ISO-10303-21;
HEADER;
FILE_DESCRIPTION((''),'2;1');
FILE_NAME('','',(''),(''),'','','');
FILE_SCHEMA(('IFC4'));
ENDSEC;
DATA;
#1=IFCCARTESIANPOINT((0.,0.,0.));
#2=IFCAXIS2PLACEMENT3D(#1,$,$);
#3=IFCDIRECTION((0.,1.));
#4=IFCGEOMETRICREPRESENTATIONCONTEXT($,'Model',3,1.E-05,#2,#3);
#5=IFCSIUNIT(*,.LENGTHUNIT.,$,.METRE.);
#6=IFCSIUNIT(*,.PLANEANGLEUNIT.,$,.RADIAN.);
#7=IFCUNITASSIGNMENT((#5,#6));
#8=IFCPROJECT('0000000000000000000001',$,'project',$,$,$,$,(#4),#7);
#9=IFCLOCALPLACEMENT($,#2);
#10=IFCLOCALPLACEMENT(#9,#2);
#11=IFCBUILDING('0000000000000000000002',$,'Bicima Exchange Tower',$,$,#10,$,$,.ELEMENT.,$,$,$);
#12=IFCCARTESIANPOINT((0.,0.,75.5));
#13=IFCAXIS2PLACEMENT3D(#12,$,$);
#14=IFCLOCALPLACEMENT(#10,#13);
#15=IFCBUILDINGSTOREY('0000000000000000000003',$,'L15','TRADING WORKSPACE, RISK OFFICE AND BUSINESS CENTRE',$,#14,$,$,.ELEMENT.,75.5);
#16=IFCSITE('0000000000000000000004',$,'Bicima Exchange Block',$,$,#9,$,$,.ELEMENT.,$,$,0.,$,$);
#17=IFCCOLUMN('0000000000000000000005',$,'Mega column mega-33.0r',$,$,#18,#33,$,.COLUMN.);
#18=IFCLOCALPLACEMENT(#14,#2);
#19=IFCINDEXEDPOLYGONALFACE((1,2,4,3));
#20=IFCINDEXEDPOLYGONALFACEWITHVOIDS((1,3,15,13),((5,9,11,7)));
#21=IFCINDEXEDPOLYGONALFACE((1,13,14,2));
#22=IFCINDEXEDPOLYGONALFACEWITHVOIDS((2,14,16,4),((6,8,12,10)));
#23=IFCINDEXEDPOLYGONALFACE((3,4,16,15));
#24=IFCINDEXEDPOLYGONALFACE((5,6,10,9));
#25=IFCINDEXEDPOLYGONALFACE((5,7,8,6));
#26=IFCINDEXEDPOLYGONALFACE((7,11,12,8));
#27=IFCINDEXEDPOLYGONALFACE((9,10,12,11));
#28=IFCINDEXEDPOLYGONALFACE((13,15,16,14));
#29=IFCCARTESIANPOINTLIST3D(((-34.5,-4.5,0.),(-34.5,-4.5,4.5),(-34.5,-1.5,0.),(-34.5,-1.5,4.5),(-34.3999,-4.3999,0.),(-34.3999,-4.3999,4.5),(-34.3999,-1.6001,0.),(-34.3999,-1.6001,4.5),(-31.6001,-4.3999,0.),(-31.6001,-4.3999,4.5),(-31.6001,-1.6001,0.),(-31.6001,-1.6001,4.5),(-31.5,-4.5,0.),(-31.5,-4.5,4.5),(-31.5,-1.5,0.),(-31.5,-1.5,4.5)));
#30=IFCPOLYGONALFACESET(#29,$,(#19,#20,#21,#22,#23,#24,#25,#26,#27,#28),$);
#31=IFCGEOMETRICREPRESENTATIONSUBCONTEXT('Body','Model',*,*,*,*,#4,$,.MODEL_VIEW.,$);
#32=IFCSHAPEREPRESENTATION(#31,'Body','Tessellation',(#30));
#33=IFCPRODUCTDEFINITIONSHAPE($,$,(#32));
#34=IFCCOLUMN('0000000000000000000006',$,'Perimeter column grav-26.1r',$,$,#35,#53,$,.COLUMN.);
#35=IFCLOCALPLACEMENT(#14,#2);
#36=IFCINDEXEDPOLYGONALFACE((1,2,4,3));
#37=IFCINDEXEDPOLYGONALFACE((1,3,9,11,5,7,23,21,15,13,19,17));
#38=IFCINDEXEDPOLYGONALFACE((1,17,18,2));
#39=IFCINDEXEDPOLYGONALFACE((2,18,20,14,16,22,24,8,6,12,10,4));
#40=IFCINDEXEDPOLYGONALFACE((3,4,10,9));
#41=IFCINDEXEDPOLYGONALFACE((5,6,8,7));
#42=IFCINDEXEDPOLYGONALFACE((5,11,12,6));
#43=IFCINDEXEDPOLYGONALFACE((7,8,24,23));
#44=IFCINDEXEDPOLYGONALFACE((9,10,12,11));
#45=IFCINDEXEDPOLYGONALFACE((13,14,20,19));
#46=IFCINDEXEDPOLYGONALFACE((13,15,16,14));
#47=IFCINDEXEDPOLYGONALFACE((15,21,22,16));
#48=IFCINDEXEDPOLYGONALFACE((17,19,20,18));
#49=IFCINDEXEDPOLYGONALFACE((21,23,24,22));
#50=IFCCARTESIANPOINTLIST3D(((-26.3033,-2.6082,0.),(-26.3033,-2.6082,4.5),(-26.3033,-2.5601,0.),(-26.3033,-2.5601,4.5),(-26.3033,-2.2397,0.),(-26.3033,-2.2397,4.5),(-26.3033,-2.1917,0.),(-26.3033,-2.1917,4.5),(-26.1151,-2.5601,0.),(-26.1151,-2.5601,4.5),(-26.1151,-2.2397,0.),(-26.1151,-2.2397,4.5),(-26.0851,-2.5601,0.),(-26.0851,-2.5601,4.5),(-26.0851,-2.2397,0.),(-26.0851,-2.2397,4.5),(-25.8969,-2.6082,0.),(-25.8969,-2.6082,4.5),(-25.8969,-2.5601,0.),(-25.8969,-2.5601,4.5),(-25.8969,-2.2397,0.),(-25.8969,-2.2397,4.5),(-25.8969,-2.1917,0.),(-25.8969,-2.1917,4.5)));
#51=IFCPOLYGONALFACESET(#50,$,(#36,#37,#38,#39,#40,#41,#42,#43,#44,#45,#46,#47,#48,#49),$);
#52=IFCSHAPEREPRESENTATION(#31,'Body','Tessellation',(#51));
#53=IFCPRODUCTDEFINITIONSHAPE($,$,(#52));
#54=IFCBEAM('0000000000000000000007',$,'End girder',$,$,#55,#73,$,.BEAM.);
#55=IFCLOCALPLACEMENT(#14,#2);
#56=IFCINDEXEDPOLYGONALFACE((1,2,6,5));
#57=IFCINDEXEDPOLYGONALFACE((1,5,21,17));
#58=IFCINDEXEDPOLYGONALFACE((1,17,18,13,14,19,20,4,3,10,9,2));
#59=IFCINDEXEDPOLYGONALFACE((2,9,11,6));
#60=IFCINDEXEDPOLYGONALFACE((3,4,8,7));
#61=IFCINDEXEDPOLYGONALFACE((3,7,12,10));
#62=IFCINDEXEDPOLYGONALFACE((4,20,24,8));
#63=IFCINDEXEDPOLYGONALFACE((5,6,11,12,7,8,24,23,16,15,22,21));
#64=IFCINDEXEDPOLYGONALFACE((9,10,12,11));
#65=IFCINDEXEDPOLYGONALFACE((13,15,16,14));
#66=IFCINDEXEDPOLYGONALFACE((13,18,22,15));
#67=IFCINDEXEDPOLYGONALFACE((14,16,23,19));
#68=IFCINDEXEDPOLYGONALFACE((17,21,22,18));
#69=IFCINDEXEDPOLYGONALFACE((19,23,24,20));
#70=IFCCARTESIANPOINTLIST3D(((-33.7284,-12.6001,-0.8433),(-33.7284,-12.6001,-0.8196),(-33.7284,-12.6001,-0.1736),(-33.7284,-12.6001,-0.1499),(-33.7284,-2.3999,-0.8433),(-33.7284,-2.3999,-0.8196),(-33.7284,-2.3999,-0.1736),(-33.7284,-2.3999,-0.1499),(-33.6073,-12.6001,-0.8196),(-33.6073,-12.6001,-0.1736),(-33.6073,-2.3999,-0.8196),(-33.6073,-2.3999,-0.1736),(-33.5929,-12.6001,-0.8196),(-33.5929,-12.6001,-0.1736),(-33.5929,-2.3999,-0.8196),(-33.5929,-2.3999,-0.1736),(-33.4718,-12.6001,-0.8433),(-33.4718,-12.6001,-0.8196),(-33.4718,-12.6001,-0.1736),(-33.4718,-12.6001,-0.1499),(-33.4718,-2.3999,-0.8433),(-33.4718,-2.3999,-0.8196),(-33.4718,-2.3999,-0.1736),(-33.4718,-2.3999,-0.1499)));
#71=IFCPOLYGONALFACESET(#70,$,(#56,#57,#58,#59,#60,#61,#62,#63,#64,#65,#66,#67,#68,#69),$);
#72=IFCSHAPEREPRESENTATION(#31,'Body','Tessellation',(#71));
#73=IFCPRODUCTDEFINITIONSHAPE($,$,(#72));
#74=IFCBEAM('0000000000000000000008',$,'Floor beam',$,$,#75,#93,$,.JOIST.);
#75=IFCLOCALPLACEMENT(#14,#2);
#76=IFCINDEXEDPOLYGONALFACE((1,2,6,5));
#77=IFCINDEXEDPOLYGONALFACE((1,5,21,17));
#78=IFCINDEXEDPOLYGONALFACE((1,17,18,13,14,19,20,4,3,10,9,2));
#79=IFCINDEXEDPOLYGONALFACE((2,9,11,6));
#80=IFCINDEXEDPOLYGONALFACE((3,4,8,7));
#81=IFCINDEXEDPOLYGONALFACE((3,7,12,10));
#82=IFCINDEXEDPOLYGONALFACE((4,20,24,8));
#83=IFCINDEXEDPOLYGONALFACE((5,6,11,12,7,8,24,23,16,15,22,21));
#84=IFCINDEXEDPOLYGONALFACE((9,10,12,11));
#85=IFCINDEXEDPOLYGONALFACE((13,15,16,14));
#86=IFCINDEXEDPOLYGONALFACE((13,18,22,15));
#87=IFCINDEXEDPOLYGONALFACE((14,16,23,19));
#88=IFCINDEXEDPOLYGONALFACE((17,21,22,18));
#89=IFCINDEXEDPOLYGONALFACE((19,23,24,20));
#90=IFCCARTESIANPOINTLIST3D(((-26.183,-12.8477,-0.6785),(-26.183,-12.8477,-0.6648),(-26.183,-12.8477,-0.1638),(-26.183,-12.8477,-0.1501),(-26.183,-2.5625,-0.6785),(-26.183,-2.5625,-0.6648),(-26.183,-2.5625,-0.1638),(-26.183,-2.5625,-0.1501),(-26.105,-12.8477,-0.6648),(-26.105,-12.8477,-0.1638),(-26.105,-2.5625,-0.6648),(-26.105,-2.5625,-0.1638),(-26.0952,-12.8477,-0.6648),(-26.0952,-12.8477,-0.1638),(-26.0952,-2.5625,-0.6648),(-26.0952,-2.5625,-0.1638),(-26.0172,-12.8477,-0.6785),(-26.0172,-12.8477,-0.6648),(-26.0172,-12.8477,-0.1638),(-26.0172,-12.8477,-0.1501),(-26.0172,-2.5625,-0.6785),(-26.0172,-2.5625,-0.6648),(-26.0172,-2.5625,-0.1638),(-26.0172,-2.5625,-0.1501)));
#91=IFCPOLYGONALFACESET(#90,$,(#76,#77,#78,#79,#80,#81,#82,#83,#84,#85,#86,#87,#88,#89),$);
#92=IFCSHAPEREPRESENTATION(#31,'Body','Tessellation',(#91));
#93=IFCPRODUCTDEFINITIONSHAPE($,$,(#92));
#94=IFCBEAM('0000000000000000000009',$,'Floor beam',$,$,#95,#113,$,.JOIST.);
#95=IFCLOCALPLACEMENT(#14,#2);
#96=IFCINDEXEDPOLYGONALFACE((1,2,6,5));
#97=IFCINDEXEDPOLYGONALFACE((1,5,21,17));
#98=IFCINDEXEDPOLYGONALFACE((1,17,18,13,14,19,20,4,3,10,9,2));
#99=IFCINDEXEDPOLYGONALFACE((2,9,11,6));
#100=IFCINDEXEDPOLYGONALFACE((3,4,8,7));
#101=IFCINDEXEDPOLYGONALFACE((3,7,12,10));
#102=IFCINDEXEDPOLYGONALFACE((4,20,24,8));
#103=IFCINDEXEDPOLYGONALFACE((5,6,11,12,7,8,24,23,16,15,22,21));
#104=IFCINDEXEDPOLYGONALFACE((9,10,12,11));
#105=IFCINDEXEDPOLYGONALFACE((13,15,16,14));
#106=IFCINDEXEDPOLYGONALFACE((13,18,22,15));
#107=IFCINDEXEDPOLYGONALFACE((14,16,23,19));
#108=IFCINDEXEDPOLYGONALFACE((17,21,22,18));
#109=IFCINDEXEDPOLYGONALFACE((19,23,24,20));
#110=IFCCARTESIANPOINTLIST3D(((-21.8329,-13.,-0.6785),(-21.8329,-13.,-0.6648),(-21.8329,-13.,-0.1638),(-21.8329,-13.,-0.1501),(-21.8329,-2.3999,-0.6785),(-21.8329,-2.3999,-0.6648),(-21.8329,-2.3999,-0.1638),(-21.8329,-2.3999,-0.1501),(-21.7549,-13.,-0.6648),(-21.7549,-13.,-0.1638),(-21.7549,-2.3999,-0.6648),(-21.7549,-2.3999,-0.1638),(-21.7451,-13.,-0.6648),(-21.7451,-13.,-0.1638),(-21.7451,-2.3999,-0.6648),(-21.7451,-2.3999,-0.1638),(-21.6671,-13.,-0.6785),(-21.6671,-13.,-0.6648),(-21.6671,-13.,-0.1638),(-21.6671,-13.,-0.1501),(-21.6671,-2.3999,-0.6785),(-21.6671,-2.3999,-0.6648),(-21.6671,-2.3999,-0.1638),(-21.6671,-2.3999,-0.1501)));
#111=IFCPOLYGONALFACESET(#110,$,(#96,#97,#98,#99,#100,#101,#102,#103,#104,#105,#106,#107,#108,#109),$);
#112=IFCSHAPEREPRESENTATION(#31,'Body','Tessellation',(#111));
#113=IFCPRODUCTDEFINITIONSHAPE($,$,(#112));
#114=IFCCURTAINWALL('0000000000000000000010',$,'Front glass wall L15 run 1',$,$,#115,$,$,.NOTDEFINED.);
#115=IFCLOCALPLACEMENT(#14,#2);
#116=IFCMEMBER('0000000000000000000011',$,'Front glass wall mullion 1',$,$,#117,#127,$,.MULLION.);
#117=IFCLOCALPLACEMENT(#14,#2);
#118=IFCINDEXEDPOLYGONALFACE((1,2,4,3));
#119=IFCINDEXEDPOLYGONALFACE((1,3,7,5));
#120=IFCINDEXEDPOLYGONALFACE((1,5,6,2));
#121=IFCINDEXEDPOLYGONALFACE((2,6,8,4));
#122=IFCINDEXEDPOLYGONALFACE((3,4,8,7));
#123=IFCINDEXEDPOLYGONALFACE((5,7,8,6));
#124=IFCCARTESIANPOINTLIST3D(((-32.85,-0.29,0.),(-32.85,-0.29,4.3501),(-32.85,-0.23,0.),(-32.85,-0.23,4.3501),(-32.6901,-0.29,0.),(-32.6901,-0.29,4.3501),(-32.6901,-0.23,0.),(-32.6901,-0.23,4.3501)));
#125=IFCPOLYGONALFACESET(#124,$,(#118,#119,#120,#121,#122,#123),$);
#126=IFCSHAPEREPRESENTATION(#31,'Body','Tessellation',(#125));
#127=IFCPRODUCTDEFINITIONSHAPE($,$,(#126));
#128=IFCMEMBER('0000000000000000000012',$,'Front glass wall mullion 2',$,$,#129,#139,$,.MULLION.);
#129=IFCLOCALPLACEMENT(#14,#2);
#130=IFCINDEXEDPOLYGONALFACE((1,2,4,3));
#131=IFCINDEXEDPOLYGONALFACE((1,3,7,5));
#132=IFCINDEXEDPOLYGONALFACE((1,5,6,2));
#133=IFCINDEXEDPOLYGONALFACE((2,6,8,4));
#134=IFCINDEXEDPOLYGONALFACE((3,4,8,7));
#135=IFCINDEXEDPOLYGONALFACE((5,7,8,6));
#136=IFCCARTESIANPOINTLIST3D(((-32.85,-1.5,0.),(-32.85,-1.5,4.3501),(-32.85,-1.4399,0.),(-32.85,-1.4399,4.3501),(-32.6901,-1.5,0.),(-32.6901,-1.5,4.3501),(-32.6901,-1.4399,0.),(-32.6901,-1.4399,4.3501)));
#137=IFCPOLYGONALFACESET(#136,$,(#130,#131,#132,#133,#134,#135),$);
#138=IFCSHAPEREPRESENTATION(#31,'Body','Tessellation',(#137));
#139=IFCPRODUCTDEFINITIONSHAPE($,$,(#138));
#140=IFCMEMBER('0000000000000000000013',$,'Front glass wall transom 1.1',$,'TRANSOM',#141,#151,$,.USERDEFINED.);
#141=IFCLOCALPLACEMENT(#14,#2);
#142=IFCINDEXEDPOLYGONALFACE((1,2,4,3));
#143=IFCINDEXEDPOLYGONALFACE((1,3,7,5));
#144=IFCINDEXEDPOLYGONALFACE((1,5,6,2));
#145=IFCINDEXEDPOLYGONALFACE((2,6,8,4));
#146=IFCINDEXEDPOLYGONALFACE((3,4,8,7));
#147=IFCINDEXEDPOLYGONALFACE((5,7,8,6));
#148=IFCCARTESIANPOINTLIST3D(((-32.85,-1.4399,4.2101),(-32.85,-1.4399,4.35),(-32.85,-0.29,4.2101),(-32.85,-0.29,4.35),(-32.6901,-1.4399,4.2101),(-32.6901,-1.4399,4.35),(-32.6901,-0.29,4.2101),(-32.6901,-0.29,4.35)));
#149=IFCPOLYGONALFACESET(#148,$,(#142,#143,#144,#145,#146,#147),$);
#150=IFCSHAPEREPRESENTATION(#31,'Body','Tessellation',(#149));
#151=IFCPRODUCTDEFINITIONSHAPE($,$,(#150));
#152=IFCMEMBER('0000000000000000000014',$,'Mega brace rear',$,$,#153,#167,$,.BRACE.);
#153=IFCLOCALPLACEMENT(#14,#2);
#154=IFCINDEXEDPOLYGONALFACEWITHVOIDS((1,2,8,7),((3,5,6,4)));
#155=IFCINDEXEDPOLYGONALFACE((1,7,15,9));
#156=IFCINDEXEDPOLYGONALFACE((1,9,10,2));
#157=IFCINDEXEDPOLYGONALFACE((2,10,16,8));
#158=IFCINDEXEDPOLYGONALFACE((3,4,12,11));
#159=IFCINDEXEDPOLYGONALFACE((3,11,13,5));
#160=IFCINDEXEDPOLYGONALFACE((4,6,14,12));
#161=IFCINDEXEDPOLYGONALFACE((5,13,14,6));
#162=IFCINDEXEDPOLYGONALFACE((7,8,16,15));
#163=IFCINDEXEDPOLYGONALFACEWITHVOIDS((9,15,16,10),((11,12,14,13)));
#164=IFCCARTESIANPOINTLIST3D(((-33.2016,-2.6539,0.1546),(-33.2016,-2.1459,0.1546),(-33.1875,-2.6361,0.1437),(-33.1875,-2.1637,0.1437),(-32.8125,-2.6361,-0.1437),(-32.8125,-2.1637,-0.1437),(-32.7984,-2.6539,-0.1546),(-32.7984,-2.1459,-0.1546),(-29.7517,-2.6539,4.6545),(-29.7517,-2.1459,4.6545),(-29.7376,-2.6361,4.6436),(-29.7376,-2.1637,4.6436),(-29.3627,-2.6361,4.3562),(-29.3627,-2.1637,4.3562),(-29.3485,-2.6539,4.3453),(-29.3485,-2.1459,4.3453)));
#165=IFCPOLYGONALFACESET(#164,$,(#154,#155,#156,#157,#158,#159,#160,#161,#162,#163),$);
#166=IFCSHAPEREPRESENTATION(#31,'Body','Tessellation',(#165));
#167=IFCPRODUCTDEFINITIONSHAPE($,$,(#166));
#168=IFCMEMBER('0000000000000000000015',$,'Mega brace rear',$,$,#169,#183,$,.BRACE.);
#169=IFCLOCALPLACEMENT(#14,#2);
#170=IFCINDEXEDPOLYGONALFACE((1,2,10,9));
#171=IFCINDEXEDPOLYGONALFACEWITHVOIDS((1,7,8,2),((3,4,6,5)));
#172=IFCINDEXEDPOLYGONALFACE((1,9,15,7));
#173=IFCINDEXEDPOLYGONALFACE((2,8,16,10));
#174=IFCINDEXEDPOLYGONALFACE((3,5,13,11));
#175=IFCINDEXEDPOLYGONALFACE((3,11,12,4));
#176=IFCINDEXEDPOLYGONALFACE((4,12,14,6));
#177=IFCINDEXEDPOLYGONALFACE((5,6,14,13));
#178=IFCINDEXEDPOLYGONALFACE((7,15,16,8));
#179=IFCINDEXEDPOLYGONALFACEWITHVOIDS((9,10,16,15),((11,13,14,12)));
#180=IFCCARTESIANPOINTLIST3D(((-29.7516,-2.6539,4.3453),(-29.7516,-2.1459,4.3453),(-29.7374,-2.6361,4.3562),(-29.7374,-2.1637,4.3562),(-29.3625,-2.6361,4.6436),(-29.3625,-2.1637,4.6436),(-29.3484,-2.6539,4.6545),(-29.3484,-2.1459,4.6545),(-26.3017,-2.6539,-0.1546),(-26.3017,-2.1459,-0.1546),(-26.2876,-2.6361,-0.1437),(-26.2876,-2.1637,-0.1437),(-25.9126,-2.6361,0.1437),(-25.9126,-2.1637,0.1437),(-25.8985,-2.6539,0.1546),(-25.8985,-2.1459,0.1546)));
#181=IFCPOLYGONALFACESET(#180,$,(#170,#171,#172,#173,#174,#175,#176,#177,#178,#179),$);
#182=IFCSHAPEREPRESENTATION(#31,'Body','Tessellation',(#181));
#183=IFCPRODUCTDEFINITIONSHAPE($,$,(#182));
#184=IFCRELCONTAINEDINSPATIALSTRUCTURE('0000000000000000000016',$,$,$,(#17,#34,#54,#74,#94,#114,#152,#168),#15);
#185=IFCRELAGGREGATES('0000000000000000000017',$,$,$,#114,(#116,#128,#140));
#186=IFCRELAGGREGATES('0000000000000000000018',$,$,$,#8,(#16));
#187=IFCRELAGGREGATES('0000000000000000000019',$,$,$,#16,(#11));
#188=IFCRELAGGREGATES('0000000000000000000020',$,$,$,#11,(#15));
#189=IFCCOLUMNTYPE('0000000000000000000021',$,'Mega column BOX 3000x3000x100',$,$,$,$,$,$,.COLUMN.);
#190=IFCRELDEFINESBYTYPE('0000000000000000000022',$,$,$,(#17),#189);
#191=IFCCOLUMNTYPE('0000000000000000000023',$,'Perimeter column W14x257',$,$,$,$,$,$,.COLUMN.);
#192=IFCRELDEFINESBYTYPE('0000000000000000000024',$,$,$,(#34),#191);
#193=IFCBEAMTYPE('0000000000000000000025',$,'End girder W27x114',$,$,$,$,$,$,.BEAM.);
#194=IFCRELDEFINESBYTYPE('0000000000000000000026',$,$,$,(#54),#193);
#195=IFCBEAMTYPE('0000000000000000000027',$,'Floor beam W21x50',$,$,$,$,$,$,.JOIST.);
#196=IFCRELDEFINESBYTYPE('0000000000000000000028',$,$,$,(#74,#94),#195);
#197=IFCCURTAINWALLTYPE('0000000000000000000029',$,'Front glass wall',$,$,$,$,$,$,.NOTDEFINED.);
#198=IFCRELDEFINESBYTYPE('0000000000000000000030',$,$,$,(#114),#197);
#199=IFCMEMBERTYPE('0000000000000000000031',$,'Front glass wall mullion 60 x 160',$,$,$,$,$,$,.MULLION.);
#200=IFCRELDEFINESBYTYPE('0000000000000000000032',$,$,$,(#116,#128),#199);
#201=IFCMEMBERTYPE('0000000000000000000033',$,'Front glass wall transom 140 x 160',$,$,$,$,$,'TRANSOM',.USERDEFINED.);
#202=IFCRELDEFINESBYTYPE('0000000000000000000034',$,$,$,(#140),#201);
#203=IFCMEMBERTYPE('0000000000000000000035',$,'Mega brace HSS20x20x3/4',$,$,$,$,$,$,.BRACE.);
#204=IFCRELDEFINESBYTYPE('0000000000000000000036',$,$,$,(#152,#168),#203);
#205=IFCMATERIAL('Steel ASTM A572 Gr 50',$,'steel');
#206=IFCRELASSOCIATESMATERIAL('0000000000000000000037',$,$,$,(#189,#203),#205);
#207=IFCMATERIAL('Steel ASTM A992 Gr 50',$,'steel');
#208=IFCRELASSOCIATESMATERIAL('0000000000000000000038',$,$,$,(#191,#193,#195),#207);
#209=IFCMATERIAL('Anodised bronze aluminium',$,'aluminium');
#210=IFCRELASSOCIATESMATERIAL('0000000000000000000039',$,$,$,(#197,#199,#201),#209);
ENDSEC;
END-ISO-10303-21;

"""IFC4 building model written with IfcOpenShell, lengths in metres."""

from ifc_helpers import new_model, si_unit, direction, frame, origin, origin_2d, place, context, subcontext, project, spatial, rectangle, hollow_rectangle, i_section, extrude, material, material_profile, profile_set, type_object, element, aggregate, save


model = new_model("IFC4")

# Units and contexts
model_context = context("Model", 3, precision=1e-05, world=origin(), true_north=direction((0.0, 1.0)))
body_context = subcontext(model_context, "Body", "Model", "MODEL_VIEW")
ifc_project = project(units=[si_unit("LENGTHUNIT", "METRE"), si_unit("PLANEANGLEUNIT", "RADIAN")], contexts=[model_context])

# Site, building, storey
site_placement = place(None, origin())
site = spatial("IfcSite", under=ifc_project, at=site_placement, Name="Bicima Exchange Block", CompositionType="ELEMENT", RefElevation=0.0)
building_placement = place(site_placement, origin())
building = spatial("IfcBuilding", under=site, at=building_placement, Name="Bicima Exchange Tower", CompositionType="ELEMENT")
storey_placement = place(building_placement, frame((0.0, 0.0, 75.5)))
storey = spatial("IfcBuildingStorey", under=building, at=storey_placement, Name="L15", Description="TRADING WORKSPACE, RISK OFFICE AND BUSINESS CENTRE", CompositionType="ELEMENT", Elevation=75.5)

# Columns
ifc_material_1 = material(Name="Steel ASTM A572 Gr 50", Category="steel")
ifc_material_profile_1 = material_profile(ifc_material_1, hollow_rectangle(XDim=3.0, YDim=3.0, WallThickness=0.1001, at=origin_2d()))
ifc_profile_set_1 = profile_set([ifc_material_profile_1], Name="Steel ASTM A572 Gr 50")
column_type_1 = type_object("IfcColumnType", Name="Mega column BOX 3000x3000x100", PredefinedType="COLUMN", material=ifc_profile_set_1)
column_1_placement = place(storey_placement, frame((-33.0, -3.0, 0.0), z_axis=(0.0, 0.0, 1.0), x_axis=(1.0, 0.0, 0.0)))
element("IfcColumn", 1, at=column_1_placement, inside=storey, type_object=column_type_1, Name="Mega column mega-33.0r", PredefinedType="COLUMN", context=body_context, shape_type="SweptSolid", body=[
    extrude(hollow_rectangle(XDim=3.0, YDim=3.0, WallThickness=0.1001, at=origin_2d()), origin(), (0.0, 0.0, 1.0), 4.5),
])
ifc_material_2 = material(Name="Steel ASTM A992 Gr 50", Category="steel")
ifc_material_profile_2 = material_profile(ifc_material_2, i_section(OverallWidth=0.4065, OverallDepth=0.4165, WebThickness=0.03, FlangeThickness=0.0481, at=origin_2d()))
ifc_profile_set_2 = profile_set([ifc_material_profile_2], Name="Steel ASTM A992 Gr 50")
column_type_2 = type_object("IfcColumnType", Name="Perimeter column W14x257", PredefinedType="COLUMN", material=ifc_profile_set_2)
column_2_placement = place(storey_placement, frame((-26.1001, -2.3999, 0.0), z_axis=(0.0, 0.0, 1.0), x_axis=(1.0, 0.0, 0.0)))
element("IfcColumn", 2, at=column_2_placement, inside=storey, type_object=column_type_2, Name="Perimeter column grav-26.1r", PredefinedType="COLUMN", context=body_context, shape_type="SweptSolid", body=[
    extrude(i_section(OverallWidth=0.4065, OverallDepth=0.4165, WebThickness=0.03, FlangeThickness=0.0481, at=origin_2d()), origin(), (0.0, 0.0, 1.0), 4.5),
])

# Beams
ifc_material_profile_3 = material_profile(ifc_material_2, i_section(OverallWidth=0.2566, OverallDepth=0.6934, WebThickness=0.0144, FlangeThickness=0.0237, at=origin_2d()))
ifc_profile_set_3 = profile_set([ifc_material_profile_3], Name="Steel ASTM A992 Gr 50")
beam_type_1 = type_object("IfcBeamType", Name="End girder W27x114", PredefinedType="BEAM", material=ifc_profile_set_3)
beam_1_placement = place(storey_placement, frame((-33.6001, -2.3999, -0.4966), z_axis=(0.0, -1.0, 0.0), x_axis=(1.0, 0.0, 0.0)))
element("IfcBeam", 3, at=beam_1_placement, inside=storey, type_object=beam_type_1, Name="End girder", PredefinedType="BEAM", context=body_context, shape_type="SweptSolid", body=[
    extrude(i_section(OverallWidth=0.2566, OverallDepth=0.6934, WebThickness=0.0144, FlangeThickness=0.0237, at=origin_2d()), origin(), (0.0, 0.0, 1.0), 10.2002),
])
ifc_material_profile_4 = material_profile(ifc_material_2, i_section(OverallWidth=0.1658, OverallDepth=0.5283, WebThickness=0.0098, FlangeThickness=0.0137, at=origin_2d()))
ifc_profile_set_4 = profile_set([ifc_material_profile_4], Name="Steel ASTM A992 Gr 50")
beam_type_2 = type_object("IfcBeamType", Name="Floor beam W21x50", PredefinedType="JOIST", material=ifc_profile_set_4)
beam_2_placement = place(storey_placement, frame((-26.1001, -2.5625, -0.4143), z_axis=(0.0, -1.0, 0.0), x_axis=(1.0, 0.0, 0.0)))
element("IfcBeam", 4, at=beam_2_placement, inside=storey, type_object=beam_type_2, Name="Floor beam", PredefinedType="JOIST", context=body_context, shape_type="SweptSolid", body=[
    extrude(i_section(OverallWidth=0.1658, OverallDepth=0.5283, WebThickness=0.0098, FlangeThickness=0.0137, at=origin_2d()), origin(), (0.0, 0.0, 1.0), 10.2852),
])
beam_3_placement = place(storey_placement, frame((-21.75, -2.3999, -0.4143), z_axis=(0.0, -1.0, 0.0), x_axis=(1.0, 0.0, 0.0)))
element("IfcBeam", 5, at=beam_3_placement, inside=storey, type_object=beam_type_2, Name="Floor beam", PredefinedType="JOIST", context=body_context, shape_type="SweptSolid", body=[
    extrude(i_section(OverallWidth=0.1658, OverallDepth=0.5283, WebThickness=0.0098, FlangeThickness=0.0137, at=origin_2d()), origin(), (0.0, 0.0, 1.0), 10.6001),
])

# Curtain wall, members
ifc_material_3 = material(Name="Anodised bronze aluminium", Category="aluminium")
curtain_wall_type = type_object("IfcCurtainWallType", Name="Front glass wall", PredefinedType="NOTDEFINED", material=ifc_material_3)
curtain_wall_placement = place(storey_placement, origin())
curtain_wall = element("IfcCurtainWall", 6, at=curtain_wall_placement, inside=storey, type_object=curtain_wall_type, Name="Front glass wall L15 run 1", PredefinedType="NOTDEFINED")
ifc_material_profile_5 = material_profile(ifc_material_3, rectangle(XDim=0.1599, YDim=0.0601, at=origin_2d()))
ifc_profile_set_5 = profile_set([ifc_material_profile_5], Name="Anodised bronze aluminium")
member_type_1 = type_object("IfcMemberType", Name="Front glass wall mullion 60 x 160", PredefinedType="MULLION", material=ifc_profile_set_5)
member_1_placement = place(storey_placement, frame((-32.77, -0.26, 0.0), z_axis=(0.0, 0.0, 1.0), x_axis=(1.0, 0.0, 0.0)))
member_1 = element("IfcMember", 7, at=member_1_placement, type_object=member_type_1, Name="Front glass wall mullion 1", PredefinedType="MULLION", context=body_context, shape_type="SweptSolid", body=[
    extrude(rectangle(XDim=0.1599, YDim=0.0601, at=origin_2d()), origin(), (0.0, 0.0, 1.0), 4.3501),
])
member_2_placement = place(storey_placement, frame((-32.77, -1.47, 0.0), z_axis=(0.0, 0.0, 1.0), x_axis=(1.0, 0.0, 0.0)))
member_2 = element("IfcMember", 8, at=member_2_placement, type_object=member_type_1, Name="Front glass wall mullion 2", PredefinedType="MULLION", context=body_context, shape_type="SweptSolid", body=[
    extrude(rectangle(XDim=0.1599, YDim=0.0601, at=origin_2d()), origin(), (0.0, 0.0, 1.0), 4.3501),
])
ifc_material_profile_6 = material_profile(ifc_material_3, rectangle(XDim=0.1599, YDim=0.1399, at=origin_2d()))
ifc_profile_set_6 = profile_set([ifc_material_profile_6], Name="Anodised bronze aluminium")
member_type_2 = type_object("IfcMemberType", Name="Front glass wall transom 140 x 160", ElementType="TRANSOM", PredefinedType="USERDEFINED", material=ifc_profile_set_6)
member_3_placement = place(storey_placement, frame((-32.77, -0.29, 4.28), z_axis=(0.0, -1.0, 0.0), x_axis=(1.0, 0.0, 0.0)))
member_3 = element("IfcMember", 9, at=member_3_placement, type_object=member_type_2, Name="Front glass wall transom 1.1", ObjectType="TRANSOM", PredefinedType="USERDEFINED", context=body_context, shape_type="SweptSolid", body=[
    extrude(rectangle(XDim=0.1599, YDim=0.1399, at=origin_2d()), origin(), (0.0, 0.0, 1.0), 1.1499),
])

# Members
ifc_material_profile_7 = material_profile(ifc_material_1, hollow_rectangle(XDim=0.5081, YDim=0.5081, WallThickness=0.0178, at=origin_2d()))
ifc_profile_set_7 = profile_set([ifc_material_profile_7], Name="Steel ASTM A572 Gr 50")
member_type_3 = type_object("IfcMemberType", Name="Mega brace HSS20x20x3/4", PredefinedType="BRACE", material=ifc_profile_set_7)
for number, where, z_axis, x_axis, name in (
    (10, (-33.0, -2.3999, 0.0), (0.608426, 0.0, 0.793611), (0.0, 1.0, 0.0), "Mega brace rear"),
    (11, (-26.1001, -2.3999, 0.0), (-0.608426, 0.0, 0.793611), (0.0, -1.0, 0.0), "Mega brace rear"),
):
    element("IfcMember", number, at=place(storey_placement, frame(where, z_axis=z_axis, x_axis=x_axis)), inside=storey, type_object=member_type_3, Name=name, PredefinedType="BRACE", context=body_context, shape_type="SweptSolid", body=[
        extrude(hollow_rectangle(XDim=0.5081, YDim=0.5081, WallThickness=0.0178, at=origin_2d()), origin(), (0.0, 0.0, 1.0), 5.6702),
    ])

aggregate(curtain_wall, [member_1, member_2, member_3])

save(model, "model.ifc")
